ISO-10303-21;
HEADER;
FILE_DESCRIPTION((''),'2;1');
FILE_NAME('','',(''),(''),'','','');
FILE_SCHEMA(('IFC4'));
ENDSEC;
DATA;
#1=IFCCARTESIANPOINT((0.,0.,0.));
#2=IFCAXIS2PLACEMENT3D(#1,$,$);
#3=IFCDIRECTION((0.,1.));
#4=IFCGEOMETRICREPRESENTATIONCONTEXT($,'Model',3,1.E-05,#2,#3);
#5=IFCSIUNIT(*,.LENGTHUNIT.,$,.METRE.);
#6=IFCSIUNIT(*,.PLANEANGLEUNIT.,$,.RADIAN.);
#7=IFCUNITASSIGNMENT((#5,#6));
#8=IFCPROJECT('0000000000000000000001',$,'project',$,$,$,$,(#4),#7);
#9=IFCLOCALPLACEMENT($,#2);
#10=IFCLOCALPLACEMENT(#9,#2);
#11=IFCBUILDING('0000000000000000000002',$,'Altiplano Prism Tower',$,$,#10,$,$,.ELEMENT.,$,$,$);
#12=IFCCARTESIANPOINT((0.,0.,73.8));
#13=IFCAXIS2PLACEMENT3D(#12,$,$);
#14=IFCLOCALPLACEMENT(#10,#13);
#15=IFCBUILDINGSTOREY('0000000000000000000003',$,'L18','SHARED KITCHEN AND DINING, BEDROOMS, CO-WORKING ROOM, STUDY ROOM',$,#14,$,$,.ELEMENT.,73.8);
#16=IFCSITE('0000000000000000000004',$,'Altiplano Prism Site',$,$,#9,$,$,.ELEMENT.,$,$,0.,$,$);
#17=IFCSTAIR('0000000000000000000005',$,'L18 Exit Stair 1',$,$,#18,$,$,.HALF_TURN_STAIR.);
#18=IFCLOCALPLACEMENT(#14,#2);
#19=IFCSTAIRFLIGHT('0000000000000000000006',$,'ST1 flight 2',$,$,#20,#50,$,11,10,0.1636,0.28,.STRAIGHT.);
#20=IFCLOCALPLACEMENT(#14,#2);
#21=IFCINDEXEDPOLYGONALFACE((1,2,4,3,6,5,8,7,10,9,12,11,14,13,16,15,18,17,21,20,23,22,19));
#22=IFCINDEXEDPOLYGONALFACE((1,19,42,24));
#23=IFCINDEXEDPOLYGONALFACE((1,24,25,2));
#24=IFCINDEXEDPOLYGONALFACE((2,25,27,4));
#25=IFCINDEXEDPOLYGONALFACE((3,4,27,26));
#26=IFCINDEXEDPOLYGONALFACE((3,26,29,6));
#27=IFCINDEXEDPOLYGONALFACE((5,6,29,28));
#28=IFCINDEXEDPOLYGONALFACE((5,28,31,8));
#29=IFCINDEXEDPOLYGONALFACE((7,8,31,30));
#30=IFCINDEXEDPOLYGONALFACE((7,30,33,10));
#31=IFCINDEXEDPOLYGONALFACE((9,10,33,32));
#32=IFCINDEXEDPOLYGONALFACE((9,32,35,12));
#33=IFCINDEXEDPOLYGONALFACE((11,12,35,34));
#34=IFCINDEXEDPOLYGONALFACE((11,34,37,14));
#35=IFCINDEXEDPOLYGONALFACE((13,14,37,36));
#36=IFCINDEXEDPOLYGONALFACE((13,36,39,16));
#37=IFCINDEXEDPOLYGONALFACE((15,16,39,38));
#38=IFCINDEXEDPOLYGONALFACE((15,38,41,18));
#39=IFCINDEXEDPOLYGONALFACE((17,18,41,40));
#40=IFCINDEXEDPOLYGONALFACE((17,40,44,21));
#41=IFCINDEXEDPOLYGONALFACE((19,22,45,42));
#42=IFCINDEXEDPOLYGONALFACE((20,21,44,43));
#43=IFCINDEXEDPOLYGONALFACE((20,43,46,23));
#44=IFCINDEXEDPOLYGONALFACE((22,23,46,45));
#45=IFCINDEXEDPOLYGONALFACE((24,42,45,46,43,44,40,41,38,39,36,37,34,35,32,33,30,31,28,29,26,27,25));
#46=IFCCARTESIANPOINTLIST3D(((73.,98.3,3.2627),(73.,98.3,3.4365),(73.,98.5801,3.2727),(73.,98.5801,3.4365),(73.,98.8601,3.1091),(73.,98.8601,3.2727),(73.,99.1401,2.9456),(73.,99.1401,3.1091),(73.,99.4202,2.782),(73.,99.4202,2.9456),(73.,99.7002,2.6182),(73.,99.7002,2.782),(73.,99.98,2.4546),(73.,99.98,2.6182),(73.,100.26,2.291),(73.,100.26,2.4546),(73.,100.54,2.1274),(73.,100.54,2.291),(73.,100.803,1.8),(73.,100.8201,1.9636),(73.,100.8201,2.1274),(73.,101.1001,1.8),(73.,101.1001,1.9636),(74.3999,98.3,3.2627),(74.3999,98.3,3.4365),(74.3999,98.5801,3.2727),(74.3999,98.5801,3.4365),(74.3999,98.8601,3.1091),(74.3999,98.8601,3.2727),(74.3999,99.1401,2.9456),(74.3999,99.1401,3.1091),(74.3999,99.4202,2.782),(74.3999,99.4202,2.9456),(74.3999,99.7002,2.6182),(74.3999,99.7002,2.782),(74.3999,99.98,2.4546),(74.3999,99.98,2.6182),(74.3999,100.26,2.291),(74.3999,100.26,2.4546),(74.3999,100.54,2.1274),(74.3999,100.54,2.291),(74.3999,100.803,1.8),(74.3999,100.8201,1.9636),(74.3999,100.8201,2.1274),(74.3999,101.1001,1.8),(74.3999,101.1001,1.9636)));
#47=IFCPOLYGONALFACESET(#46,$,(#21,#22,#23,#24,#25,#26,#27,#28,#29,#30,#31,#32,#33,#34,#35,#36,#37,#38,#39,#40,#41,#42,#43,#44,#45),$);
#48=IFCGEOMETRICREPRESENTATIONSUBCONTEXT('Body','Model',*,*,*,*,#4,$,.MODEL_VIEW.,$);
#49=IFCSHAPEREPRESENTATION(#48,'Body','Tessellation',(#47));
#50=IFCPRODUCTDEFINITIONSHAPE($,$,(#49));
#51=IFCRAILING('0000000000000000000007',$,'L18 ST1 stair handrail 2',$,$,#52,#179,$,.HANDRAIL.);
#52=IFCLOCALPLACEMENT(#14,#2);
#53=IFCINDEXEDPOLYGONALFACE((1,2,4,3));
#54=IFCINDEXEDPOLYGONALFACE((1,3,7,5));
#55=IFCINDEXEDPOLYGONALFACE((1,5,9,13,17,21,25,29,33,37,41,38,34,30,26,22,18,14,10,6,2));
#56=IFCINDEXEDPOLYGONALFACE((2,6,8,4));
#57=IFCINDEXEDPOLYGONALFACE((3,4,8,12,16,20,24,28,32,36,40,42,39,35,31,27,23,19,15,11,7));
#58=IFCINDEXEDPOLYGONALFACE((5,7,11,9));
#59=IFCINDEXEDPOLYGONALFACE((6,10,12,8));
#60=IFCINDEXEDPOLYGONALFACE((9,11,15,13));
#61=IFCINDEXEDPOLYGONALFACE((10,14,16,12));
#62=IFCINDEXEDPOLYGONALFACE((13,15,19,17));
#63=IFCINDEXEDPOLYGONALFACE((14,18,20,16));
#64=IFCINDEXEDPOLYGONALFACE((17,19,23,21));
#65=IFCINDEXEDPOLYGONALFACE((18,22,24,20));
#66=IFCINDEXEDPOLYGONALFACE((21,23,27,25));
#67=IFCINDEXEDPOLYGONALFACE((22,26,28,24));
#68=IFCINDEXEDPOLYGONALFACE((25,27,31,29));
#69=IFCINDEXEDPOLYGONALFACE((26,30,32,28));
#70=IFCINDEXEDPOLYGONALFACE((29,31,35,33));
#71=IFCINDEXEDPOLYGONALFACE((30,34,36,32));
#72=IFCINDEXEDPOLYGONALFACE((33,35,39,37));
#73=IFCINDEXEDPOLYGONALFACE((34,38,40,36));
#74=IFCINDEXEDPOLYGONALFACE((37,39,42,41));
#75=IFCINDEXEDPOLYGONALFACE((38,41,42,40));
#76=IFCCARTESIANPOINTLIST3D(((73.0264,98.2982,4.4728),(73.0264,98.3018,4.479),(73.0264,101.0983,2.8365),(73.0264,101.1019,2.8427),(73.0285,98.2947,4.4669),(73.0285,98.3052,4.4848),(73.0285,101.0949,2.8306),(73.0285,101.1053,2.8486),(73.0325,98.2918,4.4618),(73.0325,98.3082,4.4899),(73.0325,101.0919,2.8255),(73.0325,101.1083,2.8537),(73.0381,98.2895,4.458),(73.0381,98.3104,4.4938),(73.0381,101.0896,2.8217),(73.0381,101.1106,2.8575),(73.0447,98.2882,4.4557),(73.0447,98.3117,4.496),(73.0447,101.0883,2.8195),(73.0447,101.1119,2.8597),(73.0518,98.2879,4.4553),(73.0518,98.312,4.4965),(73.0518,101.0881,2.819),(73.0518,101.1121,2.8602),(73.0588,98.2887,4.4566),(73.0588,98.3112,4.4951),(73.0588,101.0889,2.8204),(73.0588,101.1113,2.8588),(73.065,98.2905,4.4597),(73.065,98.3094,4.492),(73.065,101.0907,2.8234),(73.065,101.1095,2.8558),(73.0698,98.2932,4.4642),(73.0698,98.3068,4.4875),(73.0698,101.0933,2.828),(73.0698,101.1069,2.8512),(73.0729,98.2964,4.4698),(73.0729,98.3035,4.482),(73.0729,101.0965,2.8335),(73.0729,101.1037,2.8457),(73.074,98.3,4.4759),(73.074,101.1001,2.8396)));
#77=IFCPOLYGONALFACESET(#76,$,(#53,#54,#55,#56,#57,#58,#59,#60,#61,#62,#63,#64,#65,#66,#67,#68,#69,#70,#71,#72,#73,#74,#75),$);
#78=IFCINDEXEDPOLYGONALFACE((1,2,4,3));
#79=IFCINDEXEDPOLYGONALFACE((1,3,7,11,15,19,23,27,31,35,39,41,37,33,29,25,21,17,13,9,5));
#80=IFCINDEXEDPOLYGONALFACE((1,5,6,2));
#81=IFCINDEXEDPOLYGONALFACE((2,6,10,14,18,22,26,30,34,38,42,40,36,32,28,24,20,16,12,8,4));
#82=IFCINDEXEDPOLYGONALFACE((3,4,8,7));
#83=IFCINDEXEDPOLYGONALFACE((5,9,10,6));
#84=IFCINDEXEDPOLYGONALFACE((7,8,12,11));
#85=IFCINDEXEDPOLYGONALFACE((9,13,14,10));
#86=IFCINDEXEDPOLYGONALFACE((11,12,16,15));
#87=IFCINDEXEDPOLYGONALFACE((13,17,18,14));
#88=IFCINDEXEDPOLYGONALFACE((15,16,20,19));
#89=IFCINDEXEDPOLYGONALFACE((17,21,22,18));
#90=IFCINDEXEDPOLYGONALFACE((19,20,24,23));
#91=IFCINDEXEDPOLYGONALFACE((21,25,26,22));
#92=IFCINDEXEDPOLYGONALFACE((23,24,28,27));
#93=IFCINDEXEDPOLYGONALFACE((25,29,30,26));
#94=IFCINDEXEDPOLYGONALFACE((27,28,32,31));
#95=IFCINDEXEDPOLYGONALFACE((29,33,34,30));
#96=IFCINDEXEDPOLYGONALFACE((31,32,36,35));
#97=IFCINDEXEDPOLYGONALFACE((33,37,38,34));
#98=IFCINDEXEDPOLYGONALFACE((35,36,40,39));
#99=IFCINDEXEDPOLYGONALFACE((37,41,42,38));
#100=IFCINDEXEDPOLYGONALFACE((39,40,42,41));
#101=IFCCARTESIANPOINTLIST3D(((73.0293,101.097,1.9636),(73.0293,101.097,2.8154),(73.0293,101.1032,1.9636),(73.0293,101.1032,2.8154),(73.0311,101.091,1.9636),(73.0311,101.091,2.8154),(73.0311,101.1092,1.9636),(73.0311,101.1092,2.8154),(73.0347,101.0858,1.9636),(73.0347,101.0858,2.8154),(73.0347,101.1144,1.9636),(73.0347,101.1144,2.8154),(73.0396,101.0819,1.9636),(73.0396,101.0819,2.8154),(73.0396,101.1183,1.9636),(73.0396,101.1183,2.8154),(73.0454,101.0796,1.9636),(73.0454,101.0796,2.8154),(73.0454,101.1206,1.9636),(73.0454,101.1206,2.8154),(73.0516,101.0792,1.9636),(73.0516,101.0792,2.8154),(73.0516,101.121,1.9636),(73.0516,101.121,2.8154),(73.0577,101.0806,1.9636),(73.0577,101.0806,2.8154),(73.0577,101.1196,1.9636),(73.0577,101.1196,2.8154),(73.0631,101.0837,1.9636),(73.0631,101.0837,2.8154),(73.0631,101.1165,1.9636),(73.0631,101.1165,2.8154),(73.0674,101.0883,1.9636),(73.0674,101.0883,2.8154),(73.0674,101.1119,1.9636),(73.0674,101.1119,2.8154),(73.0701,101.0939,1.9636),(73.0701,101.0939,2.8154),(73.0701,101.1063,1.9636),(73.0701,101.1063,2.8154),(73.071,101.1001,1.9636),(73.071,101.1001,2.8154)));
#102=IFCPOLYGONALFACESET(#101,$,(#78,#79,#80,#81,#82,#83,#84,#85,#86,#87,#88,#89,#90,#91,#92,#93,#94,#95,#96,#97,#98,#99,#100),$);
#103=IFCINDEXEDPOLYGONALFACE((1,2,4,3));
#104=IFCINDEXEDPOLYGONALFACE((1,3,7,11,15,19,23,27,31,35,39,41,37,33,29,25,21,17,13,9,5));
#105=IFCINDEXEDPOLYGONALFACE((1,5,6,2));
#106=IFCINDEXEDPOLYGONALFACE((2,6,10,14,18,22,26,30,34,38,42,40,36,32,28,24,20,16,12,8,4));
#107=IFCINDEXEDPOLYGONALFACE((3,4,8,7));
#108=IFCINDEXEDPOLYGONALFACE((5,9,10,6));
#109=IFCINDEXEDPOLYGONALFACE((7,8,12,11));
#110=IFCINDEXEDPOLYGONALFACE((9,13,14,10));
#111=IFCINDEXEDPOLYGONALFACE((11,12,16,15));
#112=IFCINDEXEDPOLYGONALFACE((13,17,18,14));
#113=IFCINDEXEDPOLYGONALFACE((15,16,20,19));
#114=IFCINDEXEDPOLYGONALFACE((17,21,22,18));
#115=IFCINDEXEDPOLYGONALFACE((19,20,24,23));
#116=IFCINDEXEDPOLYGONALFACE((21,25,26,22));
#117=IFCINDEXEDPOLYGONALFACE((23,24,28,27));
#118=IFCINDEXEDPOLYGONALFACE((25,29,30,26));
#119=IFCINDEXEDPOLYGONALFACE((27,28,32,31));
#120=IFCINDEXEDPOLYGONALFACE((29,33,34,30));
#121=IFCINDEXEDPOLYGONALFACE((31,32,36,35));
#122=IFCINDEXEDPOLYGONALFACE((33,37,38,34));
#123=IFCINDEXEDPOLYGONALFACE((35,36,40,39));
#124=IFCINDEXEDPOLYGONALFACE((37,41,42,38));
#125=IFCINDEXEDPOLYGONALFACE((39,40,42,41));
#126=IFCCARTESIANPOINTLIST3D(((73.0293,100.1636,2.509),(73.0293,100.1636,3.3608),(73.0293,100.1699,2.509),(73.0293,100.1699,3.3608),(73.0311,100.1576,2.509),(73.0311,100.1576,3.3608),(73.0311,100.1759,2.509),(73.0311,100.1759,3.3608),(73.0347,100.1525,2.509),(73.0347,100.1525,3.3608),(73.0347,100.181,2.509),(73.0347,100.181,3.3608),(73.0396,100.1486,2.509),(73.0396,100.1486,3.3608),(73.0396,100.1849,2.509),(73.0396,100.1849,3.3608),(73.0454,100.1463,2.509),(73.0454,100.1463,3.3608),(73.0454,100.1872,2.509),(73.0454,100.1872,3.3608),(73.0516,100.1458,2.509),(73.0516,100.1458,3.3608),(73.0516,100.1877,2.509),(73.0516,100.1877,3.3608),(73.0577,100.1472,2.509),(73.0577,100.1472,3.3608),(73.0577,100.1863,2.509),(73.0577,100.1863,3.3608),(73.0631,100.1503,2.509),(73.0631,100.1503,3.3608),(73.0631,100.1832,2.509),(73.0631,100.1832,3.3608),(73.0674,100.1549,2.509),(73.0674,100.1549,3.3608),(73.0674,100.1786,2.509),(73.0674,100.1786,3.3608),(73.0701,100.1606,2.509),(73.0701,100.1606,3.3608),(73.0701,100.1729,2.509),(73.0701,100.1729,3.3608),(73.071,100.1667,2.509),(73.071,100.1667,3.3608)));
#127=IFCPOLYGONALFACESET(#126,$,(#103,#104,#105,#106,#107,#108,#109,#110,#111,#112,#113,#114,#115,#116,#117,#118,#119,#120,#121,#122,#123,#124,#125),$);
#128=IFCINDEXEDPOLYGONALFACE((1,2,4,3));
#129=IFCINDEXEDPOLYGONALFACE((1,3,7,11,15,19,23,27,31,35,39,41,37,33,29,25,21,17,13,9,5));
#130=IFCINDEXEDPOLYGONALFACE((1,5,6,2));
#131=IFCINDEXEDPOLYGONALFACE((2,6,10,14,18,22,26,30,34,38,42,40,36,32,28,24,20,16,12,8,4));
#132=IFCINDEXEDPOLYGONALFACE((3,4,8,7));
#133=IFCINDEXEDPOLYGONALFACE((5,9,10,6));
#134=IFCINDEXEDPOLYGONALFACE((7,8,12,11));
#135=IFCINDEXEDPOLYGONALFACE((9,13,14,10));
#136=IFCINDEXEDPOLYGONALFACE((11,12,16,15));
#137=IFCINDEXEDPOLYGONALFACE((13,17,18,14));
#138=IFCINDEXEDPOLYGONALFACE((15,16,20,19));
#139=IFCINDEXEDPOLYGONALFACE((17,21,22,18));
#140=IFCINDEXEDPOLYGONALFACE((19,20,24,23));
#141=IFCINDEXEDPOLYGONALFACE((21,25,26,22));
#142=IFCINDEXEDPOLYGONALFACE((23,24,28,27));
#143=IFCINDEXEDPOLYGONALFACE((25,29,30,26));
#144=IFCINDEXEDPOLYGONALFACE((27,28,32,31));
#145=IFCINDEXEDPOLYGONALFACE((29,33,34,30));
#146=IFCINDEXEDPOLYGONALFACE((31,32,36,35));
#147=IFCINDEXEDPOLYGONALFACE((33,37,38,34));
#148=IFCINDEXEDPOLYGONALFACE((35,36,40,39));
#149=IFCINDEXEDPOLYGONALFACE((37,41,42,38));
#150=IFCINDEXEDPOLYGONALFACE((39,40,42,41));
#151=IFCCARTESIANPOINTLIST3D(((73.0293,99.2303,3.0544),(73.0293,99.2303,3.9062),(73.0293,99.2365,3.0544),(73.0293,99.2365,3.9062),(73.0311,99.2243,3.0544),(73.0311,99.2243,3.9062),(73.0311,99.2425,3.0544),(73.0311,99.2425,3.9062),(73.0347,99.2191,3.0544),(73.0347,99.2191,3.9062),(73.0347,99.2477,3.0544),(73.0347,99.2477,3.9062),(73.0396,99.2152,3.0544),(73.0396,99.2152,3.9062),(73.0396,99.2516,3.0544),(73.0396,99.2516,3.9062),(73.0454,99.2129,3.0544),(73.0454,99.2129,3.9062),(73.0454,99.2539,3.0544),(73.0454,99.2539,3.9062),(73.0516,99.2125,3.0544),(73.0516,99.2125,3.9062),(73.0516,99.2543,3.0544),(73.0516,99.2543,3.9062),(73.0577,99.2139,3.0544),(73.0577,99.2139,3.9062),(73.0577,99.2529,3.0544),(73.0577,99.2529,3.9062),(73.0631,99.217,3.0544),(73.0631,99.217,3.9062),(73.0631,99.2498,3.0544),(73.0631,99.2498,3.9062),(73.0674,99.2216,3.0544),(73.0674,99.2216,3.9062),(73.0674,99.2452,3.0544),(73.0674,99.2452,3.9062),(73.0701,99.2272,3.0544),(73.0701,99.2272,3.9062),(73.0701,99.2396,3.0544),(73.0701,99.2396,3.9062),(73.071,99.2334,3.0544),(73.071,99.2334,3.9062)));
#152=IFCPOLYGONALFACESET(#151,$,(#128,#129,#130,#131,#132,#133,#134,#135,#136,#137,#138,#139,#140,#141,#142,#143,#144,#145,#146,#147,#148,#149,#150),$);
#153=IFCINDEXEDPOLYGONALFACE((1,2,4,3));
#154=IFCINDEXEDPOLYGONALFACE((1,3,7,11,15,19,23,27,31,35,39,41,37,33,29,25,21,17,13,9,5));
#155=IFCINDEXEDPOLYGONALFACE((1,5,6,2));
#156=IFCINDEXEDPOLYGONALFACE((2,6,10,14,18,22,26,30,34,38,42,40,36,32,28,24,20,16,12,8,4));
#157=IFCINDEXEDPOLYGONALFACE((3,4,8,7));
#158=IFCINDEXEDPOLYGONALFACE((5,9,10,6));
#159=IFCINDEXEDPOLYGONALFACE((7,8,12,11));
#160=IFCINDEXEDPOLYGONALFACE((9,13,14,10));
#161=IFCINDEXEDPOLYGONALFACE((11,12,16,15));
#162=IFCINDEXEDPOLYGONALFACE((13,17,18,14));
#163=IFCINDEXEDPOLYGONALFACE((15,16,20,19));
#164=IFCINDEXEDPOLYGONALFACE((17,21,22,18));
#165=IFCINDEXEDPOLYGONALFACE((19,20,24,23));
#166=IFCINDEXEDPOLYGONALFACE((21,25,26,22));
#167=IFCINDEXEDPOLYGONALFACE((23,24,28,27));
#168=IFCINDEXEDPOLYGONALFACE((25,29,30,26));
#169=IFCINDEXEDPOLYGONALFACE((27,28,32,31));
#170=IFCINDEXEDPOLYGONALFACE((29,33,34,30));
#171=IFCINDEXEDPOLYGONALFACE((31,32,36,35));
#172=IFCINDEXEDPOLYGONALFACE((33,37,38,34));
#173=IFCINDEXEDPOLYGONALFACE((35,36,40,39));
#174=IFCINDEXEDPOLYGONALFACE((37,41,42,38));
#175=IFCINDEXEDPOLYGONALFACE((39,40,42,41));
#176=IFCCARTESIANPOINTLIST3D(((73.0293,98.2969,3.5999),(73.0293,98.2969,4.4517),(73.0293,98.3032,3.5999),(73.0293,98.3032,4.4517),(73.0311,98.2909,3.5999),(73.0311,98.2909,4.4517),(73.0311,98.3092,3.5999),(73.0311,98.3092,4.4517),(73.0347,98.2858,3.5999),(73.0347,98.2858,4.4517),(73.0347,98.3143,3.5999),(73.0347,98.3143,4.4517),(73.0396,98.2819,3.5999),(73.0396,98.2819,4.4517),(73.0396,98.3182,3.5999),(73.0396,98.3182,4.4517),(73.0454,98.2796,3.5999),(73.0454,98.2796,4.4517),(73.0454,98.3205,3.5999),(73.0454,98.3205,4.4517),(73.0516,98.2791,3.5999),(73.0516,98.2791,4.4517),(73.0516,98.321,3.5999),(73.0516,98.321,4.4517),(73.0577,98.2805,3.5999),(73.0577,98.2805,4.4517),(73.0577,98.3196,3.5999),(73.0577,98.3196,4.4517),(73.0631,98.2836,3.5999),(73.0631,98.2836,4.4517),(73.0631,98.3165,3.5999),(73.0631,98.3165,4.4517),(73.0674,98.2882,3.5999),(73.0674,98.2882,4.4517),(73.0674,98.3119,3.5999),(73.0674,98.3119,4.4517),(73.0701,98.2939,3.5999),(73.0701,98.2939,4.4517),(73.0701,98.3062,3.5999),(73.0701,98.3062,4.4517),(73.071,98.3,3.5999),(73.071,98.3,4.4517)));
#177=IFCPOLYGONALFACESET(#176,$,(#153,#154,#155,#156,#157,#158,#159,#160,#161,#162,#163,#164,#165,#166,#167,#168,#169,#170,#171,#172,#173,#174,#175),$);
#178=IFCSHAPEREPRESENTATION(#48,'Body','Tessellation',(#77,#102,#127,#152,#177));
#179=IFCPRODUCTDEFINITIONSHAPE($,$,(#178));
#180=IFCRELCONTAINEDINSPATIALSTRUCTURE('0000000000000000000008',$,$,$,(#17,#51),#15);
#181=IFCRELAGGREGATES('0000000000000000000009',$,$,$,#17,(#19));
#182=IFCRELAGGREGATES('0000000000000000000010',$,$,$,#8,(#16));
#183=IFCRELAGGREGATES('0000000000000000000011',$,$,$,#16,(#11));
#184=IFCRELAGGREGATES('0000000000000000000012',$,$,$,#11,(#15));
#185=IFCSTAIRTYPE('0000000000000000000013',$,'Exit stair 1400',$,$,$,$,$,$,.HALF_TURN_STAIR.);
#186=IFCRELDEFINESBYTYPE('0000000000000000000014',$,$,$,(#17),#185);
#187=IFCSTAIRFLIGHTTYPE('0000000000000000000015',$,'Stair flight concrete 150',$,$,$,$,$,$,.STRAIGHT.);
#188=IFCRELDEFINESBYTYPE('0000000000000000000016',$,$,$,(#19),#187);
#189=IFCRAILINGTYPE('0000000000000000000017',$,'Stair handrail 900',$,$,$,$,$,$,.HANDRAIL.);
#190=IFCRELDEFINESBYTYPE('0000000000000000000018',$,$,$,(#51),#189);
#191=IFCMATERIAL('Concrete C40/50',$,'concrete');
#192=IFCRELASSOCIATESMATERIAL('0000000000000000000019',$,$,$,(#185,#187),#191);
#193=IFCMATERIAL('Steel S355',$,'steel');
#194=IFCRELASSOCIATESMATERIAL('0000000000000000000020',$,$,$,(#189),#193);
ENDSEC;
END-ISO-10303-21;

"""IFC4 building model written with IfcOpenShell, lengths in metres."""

from ifc_helpers import new_model, si_unit, direction, frame, origin, origin_2d, place, context, subcontext, project, spatial, polyline, circle, outline, extrude, material, type_object, element, aggregate, save


model = new_model("IFC4")

# Units and contexts
model_context = context("Model", 3, precision=1e-05, world=origin(), true_north=direction((0.0, 1.0)))
body_context = subcontext(model_context, "Body", "Model", "MODEL_VIEW")
ifc_project = project(units=[si_unit("LENGTHUNIT", "METRE"), si_unit("PLANEANGLEUNIT", "RADIAN")], contexts=[model_context])

# Site, building, storey
site_placement = place(None, origin())
site = spatial("IfcSite", under=ifc_project, at=site_placement, Name="Altiplano Prism Site", CompositionType="ELEMENT", RefElevation=0.0)
building_placement = place(site_placement, origin())
building = spatial("IfcBuilding", under=site, at=building_placement, Name="Altiplano Prism Tower", CompositionType="ELEMENT")
storey_placement = place(building_placement, frame((0.0, 0.0, 73.8)))
storey = spatial("IfcBuildingStorey", under=building, at=storey_placement, Name="L18", Description="SHARED KITCHEN AND DINING, BEDROOMS, CO-WORKING ROOM, STUDY ROOM", CompositionType="ELEMENT", Elevation=73.8)

# Stair, stair flight
ifc_material_1 = material(Name="Concrete C40/50", Category="concrete")
stair_type = type_object("IfcStairType", Name="Exit stair 1400", PredefinedType="HALF_TURN_STAIR", material=ifc_material_1)
stair_placement = place(storey_placement, origin())
stair = element("IfcStair", 1, at=stair_placement, inside=storey, type_object=stair_type, Name="L18 Exit Stair 1", PredefinedType="HALF_TURN_STAIR")
stair_flight_type = type_object("IfcStairFlightType", Name="Stair flight concrete 150", PredefinedType="STRAIGHT", material=ifc_material_1)
stair_flight_placement = place(storey_placement, frame((73.7, 101.1001, 1.8), z_axis=(0.0, 0.0, 1.0), x_axis=(0.0, -1.0, 0.0)))
stair_flight = element("IfcStairFlight", 2, at=stair_flight_placement, type_object=stair_flight_type, Name="ST1 flight 2", NumberOfRisers=11, NumberOfTreads=10, PredefinedType="STRAIGHT", RiserHeight=0.1636, TreadLength=0.28, context=body_context, shape_type="SweptSolid", body=[
    extrude(outline(polyline([(0.0, 0.0), (0.0, 0.1636), (0.28, 0.1636), (0.28, 0.3274), (0.5601, 0.3274), (0.5601, 0.491), (0.8401, 0.491), (0.8401, 0.6545), (1.1201, 0.6545), (1.1201, 0.8181), (1.3999, 0.8181), (1.3999, 0.9819), (1.6799, 0.9819), (1.6799, 1.1455), (1.96, 1.1455), (1.96, 1.3091), (2.24, 1.3091), (2.24, 1.4727), (2.52, 1.4727), (2.52, 1.6365), (2.8, 1.6365), (2.8, 1.8), (2.8, 1.4626), (0.2971, 0.0), (0.0, 0.0)])), frame((0.0, 0.7, 0.0), z_axis=(0.0, -1.0, 0.0), x_axis=(1.0, 0.0, 0.0)), (0.0, 0.0, 1.0), 1.3999),
])
aggregate(stair, [stair_flight])

# Railing
ifc_material_2 = material(Name="Steel S355", Category="steel")
railing_type = type_object("IfcRailingType", Name="Stair handrail 900", PredefinedType="HANDRAIL", material=ifc_material_2)
railing_placement = place(storey_placement, frame((73.05, 101.1001, 1.9636)))
element("IfcRailing", 3, at=railing_placement, inside=storey, type_object=railing_type, Name="L18 ST1 stair handrail 2", PredefinedType="HANDRAIL", context=body_context, shape_type="SweptSolid", body=[
    extrude(circle(Radius=0.0239, at=origin_2d()), frame((0.0, 0.0, 0.876), z_axis=(0.0, -0.863394, 0.504531), x_axis=(1.0, 0.0, 0.0)), (0.0, 0.0, 1.0), 3.2432),
    extrude(circle(Radius=0.021, at=origin_2d()), origin(), (0.0, 0.0, 1.0), 0.8518),
    extrude(circle(Radius=0.021, at=origin_2d()), frame((0.0, -0.9333, 0.5454)), (0.0, 0.0, 1.0), 0.8518),
    extrude(circle(Radius=0.021, at=origin_2d()), frame((0.0, -1.8667, 1.0908)), (0.0, 0.0, 1.0), 0.8518),
    extrude(circle(Radius=0.021, at=origin_2d()), frame((0.0, -2.8, 1.6362)), (0.0, 0.0, 1.0), 0.8518),
])

save(model, "model.ifc")
